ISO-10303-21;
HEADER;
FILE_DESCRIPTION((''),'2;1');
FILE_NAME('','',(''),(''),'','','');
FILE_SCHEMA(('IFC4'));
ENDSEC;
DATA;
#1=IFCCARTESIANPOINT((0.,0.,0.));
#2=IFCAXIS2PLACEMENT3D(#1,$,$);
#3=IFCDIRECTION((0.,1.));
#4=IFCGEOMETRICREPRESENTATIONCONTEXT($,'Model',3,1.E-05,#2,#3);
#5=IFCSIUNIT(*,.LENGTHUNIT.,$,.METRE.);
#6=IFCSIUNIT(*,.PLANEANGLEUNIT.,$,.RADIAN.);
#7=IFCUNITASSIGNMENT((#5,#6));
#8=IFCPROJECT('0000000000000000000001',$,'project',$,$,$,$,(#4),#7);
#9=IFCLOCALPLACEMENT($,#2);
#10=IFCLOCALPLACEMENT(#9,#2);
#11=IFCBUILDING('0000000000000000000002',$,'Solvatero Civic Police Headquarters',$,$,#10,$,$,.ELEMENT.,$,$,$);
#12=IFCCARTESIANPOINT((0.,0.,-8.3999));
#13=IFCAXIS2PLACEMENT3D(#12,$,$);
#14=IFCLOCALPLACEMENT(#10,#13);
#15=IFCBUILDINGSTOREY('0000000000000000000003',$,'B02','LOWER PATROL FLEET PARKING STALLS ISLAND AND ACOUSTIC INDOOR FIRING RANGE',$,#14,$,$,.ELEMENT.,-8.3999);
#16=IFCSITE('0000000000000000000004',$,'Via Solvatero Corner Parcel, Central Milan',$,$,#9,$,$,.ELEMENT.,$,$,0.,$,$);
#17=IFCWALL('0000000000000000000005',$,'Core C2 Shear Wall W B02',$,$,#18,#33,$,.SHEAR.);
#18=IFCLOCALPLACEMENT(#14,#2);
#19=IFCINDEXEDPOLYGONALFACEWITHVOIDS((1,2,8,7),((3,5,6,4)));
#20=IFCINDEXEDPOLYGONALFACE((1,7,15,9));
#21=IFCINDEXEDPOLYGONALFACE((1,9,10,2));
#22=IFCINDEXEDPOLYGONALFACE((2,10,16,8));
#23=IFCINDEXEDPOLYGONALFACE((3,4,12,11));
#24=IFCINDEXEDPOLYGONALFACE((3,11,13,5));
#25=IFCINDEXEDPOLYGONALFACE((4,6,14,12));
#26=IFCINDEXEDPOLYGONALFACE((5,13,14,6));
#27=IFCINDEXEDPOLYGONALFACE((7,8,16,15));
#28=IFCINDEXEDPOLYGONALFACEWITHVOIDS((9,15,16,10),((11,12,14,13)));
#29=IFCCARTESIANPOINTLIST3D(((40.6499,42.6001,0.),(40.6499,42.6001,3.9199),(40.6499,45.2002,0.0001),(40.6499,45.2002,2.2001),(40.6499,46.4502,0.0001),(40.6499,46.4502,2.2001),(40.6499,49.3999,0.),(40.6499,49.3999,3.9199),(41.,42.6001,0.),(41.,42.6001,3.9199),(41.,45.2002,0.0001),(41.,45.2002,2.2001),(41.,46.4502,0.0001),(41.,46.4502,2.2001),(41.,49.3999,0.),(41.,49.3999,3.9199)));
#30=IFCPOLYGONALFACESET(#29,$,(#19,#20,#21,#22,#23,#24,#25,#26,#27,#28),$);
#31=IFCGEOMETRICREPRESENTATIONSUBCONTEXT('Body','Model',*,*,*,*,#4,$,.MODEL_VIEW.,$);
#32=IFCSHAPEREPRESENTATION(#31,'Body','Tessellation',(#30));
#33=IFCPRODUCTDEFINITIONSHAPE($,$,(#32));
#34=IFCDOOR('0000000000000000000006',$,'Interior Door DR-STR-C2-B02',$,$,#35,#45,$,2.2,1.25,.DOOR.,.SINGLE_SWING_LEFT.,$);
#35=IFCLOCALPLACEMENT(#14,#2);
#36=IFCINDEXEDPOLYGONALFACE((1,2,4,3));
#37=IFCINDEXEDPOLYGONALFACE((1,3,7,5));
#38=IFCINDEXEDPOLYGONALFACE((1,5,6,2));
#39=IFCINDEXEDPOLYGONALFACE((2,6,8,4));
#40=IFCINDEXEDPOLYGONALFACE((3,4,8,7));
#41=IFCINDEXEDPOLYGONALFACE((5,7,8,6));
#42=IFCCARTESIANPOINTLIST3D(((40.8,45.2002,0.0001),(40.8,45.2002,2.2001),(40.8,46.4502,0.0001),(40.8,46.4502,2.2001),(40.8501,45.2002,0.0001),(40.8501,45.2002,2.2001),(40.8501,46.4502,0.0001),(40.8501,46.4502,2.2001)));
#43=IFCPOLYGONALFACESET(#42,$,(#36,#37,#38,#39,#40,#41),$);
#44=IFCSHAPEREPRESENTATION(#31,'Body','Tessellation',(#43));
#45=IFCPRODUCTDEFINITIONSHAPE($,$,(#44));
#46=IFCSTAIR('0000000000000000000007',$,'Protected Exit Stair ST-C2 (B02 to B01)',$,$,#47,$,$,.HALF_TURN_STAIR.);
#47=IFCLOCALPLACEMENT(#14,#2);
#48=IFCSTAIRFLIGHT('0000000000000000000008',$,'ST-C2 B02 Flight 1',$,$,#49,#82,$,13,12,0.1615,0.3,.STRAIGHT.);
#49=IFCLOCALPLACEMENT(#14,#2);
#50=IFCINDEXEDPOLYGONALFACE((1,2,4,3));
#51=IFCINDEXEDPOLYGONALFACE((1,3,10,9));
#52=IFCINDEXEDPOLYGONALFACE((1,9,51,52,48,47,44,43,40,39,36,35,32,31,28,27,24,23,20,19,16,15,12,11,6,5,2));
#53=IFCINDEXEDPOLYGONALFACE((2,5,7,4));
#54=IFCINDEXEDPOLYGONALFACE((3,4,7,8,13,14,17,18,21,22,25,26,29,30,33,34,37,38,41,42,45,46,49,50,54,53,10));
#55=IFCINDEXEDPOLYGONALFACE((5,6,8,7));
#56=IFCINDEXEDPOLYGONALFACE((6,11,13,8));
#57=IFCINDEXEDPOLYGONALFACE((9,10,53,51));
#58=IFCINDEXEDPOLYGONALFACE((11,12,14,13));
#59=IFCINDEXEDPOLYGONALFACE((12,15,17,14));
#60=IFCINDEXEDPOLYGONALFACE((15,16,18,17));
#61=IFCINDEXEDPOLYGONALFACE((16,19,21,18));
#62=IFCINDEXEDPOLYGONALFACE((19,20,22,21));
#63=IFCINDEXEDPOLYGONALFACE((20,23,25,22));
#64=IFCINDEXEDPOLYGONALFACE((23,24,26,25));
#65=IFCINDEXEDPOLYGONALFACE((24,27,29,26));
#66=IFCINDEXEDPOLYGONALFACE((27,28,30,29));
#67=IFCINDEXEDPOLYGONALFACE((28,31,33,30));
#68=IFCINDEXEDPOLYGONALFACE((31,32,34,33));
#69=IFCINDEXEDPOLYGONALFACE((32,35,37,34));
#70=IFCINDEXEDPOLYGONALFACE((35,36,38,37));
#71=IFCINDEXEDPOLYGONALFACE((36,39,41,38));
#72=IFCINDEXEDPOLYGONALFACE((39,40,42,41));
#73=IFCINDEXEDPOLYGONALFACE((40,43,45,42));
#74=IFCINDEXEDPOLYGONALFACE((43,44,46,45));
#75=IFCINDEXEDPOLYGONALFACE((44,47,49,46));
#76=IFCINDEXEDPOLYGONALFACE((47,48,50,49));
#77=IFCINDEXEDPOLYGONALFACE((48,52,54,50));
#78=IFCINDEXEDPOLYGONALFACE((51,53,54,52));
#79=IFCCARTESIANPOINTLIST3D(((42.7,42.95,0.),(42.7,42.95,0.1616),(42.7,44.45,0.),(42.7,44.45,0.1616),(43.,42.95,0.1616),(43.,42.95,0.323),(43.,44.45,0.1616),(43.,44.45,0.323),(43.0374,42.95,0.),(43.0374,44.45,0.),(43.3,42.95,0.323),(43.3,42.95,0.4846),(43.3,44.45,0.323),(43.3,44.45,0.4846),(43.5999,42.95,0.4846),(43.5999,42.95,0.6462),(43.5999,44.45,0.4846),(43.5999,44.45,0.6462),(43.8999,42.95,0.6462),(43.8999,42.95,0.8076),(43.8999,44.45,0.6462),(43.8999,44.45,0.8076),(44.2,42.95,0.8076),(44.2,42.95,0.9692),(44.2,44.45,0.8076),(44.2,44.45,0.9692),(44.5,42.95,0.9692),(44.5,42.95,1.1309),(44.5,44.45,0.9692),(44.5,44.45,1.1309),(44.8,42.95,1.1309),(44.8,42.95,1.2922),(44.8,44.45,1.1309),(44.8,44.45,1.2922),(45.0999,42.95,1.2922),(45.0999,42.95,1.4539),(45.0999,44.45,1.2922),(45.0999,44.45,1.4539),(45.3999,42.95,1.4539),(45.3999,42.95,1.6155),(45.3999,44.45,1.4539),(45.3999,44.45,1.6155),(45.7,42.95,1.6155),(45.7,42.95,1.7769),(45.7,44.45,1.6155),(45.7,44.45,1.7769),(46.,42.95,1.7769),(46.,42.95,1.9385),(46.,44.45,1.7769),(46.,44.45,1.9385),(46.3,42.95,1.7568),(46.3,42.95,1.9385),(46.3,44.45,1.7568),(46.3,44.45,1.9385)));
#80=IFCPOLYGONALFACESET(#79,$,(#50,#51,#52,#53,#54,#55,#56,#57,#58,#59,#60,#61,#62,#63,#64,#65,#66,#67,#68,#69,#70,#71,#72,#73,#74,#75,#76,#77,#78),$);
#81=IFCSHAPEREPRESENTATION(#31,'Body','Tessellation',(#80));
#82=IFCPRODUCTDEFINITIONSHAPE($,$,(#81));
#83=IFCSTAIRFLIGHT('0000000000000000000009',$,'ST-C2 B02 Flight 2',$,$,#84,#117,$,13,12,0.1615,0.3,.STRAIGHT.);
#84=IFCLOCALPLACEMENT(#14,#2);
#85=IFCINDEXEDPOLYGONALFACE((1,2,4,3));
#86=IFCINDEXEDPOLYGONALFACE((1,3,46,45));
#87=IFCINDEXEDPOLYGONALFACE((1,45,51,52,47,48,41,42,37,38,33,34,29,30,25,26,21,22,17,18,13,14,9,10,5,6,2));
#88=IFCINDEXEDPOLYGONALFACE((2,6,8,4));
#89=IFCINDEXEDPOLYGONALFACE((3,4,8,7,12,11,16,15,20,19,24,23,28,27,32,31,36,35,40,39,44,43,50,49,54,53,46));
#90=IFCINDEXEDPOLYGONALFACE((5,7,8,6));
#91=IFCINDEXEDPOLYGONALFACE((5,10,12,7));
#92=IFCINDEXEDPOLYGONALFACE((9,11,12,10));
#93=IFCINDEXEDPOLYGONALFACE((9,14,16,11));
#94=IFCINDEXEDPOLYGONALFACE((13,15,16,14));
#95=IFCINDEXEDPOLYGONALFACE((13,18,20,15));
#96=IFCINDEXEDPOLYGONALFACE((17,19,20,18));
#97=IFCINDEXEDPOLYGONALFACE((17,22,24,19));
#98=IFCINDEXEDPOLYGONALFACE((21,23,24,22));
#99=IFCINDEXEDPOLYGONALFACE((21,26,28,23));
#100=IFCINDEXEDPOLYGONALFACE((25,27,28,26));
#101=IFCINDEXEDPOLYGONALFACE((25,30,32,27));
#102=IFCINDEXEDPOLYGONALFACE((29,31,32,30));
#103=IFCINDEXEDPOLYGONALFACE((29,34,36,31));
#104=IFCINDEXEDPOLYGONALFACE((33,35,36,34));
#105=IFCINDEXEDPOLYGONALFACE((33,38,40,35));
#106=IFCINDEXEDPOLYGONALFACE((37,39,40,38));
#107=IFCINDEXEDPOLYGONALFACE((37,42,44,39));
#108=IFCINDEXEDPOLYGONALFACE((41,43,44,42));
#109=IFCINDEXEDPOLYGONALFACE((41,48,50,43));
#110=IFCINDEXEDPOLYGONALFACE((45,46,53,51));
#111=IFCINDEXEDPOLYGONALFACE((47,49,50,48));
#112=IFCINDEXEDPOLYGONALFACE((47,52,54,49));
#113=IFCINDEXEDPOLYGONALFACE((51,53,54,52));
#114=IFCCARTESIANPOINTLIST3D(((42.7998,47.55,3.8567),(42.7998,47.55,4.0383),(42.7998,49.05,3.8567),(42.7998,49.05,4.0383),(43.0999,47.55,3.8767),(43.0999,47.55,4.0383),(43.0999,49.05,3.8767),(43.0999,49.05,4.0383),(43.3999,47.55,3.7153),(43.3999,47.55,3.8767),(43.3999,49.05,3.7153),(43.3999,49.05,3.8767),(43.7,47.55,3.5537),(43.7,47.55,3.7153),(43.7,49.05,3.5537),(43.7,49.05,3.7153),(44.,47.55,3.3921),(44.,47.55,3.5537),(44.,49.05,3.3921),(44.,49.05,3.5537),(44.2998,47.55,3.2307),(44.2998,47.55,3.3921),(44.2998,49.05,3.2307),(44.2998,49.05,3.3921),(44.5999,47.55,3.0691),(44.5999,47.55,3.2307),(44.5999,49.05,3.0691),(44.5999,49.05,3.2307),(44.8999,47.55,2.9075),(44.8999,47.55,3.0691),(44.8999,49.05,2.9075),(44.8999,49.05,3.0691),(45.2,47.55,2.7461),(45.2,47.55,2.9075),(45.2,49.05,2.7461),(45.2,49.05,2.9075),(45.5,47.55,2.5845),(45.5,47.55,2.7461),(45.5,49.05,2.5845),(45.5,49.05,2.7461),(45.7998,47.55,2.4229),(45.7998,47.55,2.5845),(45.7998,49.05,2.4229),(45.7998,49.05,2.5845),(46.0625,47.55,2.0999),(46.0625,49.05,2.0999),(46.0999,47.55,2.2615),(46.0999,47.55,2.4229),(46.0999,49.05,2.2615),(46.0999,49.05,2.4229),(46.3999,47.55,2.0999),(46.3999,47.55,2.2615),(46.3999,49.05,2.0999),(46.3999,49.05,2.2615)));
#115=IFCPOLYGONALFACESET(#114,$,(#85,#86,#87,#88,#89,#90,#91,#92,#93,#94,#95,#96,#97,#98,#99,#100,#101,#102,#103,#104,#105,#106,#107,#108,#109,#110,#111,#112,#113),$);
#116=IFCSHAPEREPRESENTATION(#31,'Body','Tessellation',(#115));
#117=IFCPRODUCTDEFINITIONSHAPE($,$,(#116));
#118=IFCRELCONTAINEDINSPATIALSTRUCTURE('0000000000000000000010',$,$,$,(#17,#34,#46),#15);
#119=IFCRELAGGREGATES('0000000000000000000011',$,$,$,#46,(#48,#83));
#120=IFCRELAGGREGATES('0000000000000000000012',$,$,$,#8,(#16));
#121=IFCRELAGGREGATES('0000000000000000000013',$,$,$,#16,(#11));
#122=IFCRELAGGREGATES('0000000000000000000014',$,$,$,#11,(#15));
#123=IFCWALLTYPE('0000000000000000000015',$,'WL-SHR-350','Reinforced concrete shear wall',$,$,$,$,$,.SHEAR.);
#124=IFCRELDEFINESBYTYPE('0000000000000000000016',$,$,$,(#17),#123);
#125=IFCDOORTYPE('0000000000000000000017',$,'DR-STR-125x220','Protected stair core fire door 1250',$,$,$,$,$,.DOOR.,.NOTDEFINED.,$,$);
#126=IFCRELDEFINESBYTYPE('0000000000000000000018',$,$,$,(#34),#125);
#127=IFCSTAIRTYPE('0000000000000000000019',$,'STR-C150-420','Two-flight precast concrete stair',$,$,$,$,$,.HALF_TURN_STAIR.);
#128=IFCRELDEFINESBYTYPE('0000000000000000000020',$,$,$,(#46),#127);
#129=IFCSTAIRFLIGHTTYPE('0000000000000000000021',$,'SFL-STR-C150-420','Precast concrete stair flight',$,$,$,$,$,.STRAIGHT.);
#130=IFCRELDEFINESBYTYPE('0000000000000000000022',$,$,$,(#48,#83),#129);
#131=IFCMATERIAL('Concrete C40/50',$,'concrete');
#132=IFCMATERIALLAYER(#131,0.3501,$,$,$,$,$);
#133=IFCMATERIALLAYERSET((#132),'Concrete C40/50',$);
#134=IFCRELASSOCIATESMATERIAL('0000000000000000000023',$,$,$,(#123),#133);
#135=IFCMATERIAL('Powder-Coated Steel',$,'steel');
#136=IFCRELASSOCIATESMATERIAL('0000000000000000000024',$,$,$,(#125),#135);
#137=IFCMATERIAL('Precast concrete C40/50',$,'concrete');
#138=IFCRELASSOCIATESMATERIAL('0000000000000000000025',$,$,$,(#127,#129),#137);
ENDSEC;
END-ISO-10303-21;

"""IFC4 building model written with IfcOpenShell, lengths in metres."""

from ifc_helpers import new_model, si_unit, direction, frame, frame_2d, origin, place, context, subcontext, project, spatial, polyline, rectangle, outline, extrude, material, layer, layer_set, type_object, element, fill, aggregate, save


model = new_model("IFC4")

# Units and contexts
model_context = context("Model", 3, precision=1e-05, world=origin(), true_north=direction((0.0, 1.0)))
body_context = subcontext(model_context, "Body", "Model", "MODEL_VIEW")
ifc_project = project(units=[si_unit("LENGTHUNIT", "METRE"), si_unit("PLANEANGLEUNIT", "RADIAN")], contexts=[model_context])

# Site, building, storey
site_placement = place(None, origin())
site = spatial("IfcSite", under=ifc_project, at=site_placement, Name="Via Solvatero Corner Parcel, Central Milan", CompositionType="ELEMENT", RefElevation=0.0)
building_placement = place(site_placement, origin())
building = spatial("IfcBuilding", under=site, at=building_placement, Name="Solvatero Civic Police Headquarters", CompositionType="ELEMENT")
storey_placement = place(building_placement, frame((0.0, 0.0, -8.3999)))
storey = spatial("IfcBuildingStorey", under=building, at=storey_placement, Name="B02", Description="LOWER PATROL FLEET PARKING STALLS ISLAND AND ACOUSTIC INDOOR FIRING RANGE", CompositionType="ELEMENT", Elevation=-8.3999)

# Shared definitions
ifc_material_1 = material(Name="Concrete C40/50", Category="concrete")
ifc_layer_1 = layer(ifc_material_1, 0.3501)
ifc_layer_set_1 = layer_set([ifc_layer_1], Name="Concrete C40/50")
wall_type_1 = type_object("IfcWallType", Name="WL-SHR-350", Description="Reinforced concrete shear wall", PredefinedType="SHEAR", material=ifc_layer_set_1)

# Wall, opening, door
wall_1_placement = place(storey_placement, frame((40.825, 42.6001, 0.0), z_axis=(0.0, 0.0, 1.0), x_axis=(0.0, 1.0, 0.0)))
wall_1 = element("IfcWall", 1, at=wall_1_placement, inside=storey, type_object=wall_type_1, Name="Core C2 Shear Wall W B02", PredefinedType="SHEAR", context=body_context, shape_type="SweptSolid", body=[
    extrude(rectangle(XDim=6.7998, YDim=0.3501, at=frame_2d((3.3999, 0.0))), origin(), (0.0, 0.0, 1.0), 3.9199),
])
opening_1_placement = place(wall_1_placement, frame((2.6001, 0.0, 0.0)))
opening_1 = element("IfcOpeningElement", 2, at=opening_1_placement, cuts=wall_1, PredefinedType="OPENING", context=body_context, shape_type="SweptSolid", body=[
    extrude(rectangle(XDim=1.25, YDim=2.2, at=frame_2d((0.625, 1.1001))), frame((0.0, 0.1851, 0.0), z_axis=(0.0, -1.0, 0.0), x_axis=(1.0, 0.0, 0.0)), (0.0, 0.0, 1.0), 0.3701),
])
ifc_material_2 = material(Name="Powder-Coated Steel", Category="steel")
door_type_1 = type_object("IfcDoorType", Name="DR-STR-125x220", Description="Protected stair core fire door 1250", OperationType="NOTDEFINED", PredefinedType="DOOR", material=ifc_material_2)
door_1_placement = place(opening_1_placement, origin())
door_1 = element("IfcDoor", 3, at=door_1_placement, inside=storey, type_object=door_type_1, Name="Interior Door DR-STR-C2-B02", OperationType="SINGLE_SWING_LEFT", OverallHeight=2.2, OverallWidth=1.25, PredefinedType="DOOR", context=body_context, shape_type="SweptSolid", body=[
    extrude(rectangle(XDim=1.25, YDim=2.2, at=frame_2d((0.625, 1.1001))), frame((0.0, 0.0249, 0.0), z_axis=(0.0, -1.0, 0.0), x_axis=(1.0, 0.0, 0.0)), (0.0, 0.0, 1.0), 0.05),
])
fill(opening_1, door_1)

# Stair, stair flights
ifc_material_3 = material(Name="Precast concrete C40/50", Category="concrete")
stair_type = type_object("IfcStairType", Name="STR-C150-420", Description="Two-flight precast concrete stair", PredefinedType="HALF_TURN_STAIR", material=ifc_material_3)
stair_placement = place(storey_placement, origin())
stair = element("IfcStair", 4, at=stair_placement, inside=storey, type_object=stair_type, Name="Protected Exit Stair ST-C2 (B02 to B01)", PredefinedType="HALF_TURN_STAIR")
stair_flight_type = type_object("IfcStairFlightType", Name="SFL-STR-C150-420", Description="Precast concrete stair flight", PredefinedType="STRAIGHT", material=ifc_material_3)
stair_flight_1_placement = place(storey_placement, frame((42.7, 43.7, 0.0), z_axis=(0.0, 0.0, 1.0), x_axis=(1.0, 0.0, 0.0)))
stair_flight_1 = element("IfcStairFlight", 5, at=stair_flight_1_placement, type_object=stair_flight_type, Name="ST-C2 B02 Flight 1", NumberOfRisers=13, NumberOfTreads=12, PredefinedType="STRAIGHT", RiserHeight=0.1615, TreadLength=0.3, context=body_context, shape_type="SweptSolid", body=[
    extrude(outline(polyline([(0.0, 0.0), (0.0, 0.1616), (0.3, 0.1616), (0.3, 0.323), (0.6001, 0.323), (0.6001, 0.4846), (0.8999, 0.4846), (0.8999, 0.6462), (1.2, 0.6462), (1.2, 0.8076), (1.5, 0.8076), (1.5, 0.9692), (1.8, 0.9692), (1.8, 1.1309), (2.1001, 1.1309), (2.1001, 1.2922), (2.3999, 1.2922), (2.3999, 1.4539), (2.7, 1.4539), (2.7, 1.6155), (3.0, 1.6155), (3.0, 1.7769), (3.3, 1.7769), (3.3, 1.9385), (3.6001, 1.9385), (3.6001, 2.1001), (3.6001, 1.7568), (0.3374, 0.0), (0.0, 0.0)])), frame((0.0, 0.75, 0.0), z_axis=(0.0, -1.0, 0.0), x_axis=(1.0, 0.0, 0.0)), (0.0, 0.0, 1.0), 1.5),
])
stair_flight_2_placement = place(storey_placement, frame((46.3999, 48.3, 2.0999), z_axis=(0.0, 0.0, 1.0), x_axis=(-1.0, 0.0, 0.0)))
stair_flight_2 = element("IfcStairFlight", 6, at=stair_flight_2_placement, type_object=stair_flight_type, Name="ST-C2 B02 Flight 2", NumberOfRisers=13, NumberOfTreads=12, PredefinedType="STRAIGHT", RiserHeight=0.1615, TreadLength=0.3, context=body_context, shape_type="SweptSolid", body=[
    extrude(outline(polyline([(0.0, 0.0), (0.0, 0.1616), (0.3, 0.1616), (0.3, 0.323), (0.6001, 0.323), (0.6001, 0.4846), (0.8999, 0.4846), (0.8999, 0.6462), (1.2, 0.6462), (1.2, 0.8076), (1.5, 0.8076), (1.5, 0.9692), (1.8, 0.9692), (1.8, 1.1309), (2.1001, 1.1309), (2.1001, 1.2922), (2.3999, 1.2922), (2.3999, 1.4539), (2.7, 1.4539), (2.7, 1.6155), (3.0, 1.6155), (3.0, 1.7769), (3.3, 1.7769), (3.3, 1.9385), (3.6001, 1.9385), (3.6001, 2.1001), (3.6001, 1.7568), (0.3374, 0.0), (0.0, 0.0)])), frame((0.0, 0.75, 0.0), z_axis=(0.0, -1.0, 0.0), x_axis=(1.0, 0.0, 0.0)), (0.0, 0.0, 1.0), 1.5),
])
aggregate(stair, [stair_flight_1, stair_flight_2])

save(model, "model.ifc")
